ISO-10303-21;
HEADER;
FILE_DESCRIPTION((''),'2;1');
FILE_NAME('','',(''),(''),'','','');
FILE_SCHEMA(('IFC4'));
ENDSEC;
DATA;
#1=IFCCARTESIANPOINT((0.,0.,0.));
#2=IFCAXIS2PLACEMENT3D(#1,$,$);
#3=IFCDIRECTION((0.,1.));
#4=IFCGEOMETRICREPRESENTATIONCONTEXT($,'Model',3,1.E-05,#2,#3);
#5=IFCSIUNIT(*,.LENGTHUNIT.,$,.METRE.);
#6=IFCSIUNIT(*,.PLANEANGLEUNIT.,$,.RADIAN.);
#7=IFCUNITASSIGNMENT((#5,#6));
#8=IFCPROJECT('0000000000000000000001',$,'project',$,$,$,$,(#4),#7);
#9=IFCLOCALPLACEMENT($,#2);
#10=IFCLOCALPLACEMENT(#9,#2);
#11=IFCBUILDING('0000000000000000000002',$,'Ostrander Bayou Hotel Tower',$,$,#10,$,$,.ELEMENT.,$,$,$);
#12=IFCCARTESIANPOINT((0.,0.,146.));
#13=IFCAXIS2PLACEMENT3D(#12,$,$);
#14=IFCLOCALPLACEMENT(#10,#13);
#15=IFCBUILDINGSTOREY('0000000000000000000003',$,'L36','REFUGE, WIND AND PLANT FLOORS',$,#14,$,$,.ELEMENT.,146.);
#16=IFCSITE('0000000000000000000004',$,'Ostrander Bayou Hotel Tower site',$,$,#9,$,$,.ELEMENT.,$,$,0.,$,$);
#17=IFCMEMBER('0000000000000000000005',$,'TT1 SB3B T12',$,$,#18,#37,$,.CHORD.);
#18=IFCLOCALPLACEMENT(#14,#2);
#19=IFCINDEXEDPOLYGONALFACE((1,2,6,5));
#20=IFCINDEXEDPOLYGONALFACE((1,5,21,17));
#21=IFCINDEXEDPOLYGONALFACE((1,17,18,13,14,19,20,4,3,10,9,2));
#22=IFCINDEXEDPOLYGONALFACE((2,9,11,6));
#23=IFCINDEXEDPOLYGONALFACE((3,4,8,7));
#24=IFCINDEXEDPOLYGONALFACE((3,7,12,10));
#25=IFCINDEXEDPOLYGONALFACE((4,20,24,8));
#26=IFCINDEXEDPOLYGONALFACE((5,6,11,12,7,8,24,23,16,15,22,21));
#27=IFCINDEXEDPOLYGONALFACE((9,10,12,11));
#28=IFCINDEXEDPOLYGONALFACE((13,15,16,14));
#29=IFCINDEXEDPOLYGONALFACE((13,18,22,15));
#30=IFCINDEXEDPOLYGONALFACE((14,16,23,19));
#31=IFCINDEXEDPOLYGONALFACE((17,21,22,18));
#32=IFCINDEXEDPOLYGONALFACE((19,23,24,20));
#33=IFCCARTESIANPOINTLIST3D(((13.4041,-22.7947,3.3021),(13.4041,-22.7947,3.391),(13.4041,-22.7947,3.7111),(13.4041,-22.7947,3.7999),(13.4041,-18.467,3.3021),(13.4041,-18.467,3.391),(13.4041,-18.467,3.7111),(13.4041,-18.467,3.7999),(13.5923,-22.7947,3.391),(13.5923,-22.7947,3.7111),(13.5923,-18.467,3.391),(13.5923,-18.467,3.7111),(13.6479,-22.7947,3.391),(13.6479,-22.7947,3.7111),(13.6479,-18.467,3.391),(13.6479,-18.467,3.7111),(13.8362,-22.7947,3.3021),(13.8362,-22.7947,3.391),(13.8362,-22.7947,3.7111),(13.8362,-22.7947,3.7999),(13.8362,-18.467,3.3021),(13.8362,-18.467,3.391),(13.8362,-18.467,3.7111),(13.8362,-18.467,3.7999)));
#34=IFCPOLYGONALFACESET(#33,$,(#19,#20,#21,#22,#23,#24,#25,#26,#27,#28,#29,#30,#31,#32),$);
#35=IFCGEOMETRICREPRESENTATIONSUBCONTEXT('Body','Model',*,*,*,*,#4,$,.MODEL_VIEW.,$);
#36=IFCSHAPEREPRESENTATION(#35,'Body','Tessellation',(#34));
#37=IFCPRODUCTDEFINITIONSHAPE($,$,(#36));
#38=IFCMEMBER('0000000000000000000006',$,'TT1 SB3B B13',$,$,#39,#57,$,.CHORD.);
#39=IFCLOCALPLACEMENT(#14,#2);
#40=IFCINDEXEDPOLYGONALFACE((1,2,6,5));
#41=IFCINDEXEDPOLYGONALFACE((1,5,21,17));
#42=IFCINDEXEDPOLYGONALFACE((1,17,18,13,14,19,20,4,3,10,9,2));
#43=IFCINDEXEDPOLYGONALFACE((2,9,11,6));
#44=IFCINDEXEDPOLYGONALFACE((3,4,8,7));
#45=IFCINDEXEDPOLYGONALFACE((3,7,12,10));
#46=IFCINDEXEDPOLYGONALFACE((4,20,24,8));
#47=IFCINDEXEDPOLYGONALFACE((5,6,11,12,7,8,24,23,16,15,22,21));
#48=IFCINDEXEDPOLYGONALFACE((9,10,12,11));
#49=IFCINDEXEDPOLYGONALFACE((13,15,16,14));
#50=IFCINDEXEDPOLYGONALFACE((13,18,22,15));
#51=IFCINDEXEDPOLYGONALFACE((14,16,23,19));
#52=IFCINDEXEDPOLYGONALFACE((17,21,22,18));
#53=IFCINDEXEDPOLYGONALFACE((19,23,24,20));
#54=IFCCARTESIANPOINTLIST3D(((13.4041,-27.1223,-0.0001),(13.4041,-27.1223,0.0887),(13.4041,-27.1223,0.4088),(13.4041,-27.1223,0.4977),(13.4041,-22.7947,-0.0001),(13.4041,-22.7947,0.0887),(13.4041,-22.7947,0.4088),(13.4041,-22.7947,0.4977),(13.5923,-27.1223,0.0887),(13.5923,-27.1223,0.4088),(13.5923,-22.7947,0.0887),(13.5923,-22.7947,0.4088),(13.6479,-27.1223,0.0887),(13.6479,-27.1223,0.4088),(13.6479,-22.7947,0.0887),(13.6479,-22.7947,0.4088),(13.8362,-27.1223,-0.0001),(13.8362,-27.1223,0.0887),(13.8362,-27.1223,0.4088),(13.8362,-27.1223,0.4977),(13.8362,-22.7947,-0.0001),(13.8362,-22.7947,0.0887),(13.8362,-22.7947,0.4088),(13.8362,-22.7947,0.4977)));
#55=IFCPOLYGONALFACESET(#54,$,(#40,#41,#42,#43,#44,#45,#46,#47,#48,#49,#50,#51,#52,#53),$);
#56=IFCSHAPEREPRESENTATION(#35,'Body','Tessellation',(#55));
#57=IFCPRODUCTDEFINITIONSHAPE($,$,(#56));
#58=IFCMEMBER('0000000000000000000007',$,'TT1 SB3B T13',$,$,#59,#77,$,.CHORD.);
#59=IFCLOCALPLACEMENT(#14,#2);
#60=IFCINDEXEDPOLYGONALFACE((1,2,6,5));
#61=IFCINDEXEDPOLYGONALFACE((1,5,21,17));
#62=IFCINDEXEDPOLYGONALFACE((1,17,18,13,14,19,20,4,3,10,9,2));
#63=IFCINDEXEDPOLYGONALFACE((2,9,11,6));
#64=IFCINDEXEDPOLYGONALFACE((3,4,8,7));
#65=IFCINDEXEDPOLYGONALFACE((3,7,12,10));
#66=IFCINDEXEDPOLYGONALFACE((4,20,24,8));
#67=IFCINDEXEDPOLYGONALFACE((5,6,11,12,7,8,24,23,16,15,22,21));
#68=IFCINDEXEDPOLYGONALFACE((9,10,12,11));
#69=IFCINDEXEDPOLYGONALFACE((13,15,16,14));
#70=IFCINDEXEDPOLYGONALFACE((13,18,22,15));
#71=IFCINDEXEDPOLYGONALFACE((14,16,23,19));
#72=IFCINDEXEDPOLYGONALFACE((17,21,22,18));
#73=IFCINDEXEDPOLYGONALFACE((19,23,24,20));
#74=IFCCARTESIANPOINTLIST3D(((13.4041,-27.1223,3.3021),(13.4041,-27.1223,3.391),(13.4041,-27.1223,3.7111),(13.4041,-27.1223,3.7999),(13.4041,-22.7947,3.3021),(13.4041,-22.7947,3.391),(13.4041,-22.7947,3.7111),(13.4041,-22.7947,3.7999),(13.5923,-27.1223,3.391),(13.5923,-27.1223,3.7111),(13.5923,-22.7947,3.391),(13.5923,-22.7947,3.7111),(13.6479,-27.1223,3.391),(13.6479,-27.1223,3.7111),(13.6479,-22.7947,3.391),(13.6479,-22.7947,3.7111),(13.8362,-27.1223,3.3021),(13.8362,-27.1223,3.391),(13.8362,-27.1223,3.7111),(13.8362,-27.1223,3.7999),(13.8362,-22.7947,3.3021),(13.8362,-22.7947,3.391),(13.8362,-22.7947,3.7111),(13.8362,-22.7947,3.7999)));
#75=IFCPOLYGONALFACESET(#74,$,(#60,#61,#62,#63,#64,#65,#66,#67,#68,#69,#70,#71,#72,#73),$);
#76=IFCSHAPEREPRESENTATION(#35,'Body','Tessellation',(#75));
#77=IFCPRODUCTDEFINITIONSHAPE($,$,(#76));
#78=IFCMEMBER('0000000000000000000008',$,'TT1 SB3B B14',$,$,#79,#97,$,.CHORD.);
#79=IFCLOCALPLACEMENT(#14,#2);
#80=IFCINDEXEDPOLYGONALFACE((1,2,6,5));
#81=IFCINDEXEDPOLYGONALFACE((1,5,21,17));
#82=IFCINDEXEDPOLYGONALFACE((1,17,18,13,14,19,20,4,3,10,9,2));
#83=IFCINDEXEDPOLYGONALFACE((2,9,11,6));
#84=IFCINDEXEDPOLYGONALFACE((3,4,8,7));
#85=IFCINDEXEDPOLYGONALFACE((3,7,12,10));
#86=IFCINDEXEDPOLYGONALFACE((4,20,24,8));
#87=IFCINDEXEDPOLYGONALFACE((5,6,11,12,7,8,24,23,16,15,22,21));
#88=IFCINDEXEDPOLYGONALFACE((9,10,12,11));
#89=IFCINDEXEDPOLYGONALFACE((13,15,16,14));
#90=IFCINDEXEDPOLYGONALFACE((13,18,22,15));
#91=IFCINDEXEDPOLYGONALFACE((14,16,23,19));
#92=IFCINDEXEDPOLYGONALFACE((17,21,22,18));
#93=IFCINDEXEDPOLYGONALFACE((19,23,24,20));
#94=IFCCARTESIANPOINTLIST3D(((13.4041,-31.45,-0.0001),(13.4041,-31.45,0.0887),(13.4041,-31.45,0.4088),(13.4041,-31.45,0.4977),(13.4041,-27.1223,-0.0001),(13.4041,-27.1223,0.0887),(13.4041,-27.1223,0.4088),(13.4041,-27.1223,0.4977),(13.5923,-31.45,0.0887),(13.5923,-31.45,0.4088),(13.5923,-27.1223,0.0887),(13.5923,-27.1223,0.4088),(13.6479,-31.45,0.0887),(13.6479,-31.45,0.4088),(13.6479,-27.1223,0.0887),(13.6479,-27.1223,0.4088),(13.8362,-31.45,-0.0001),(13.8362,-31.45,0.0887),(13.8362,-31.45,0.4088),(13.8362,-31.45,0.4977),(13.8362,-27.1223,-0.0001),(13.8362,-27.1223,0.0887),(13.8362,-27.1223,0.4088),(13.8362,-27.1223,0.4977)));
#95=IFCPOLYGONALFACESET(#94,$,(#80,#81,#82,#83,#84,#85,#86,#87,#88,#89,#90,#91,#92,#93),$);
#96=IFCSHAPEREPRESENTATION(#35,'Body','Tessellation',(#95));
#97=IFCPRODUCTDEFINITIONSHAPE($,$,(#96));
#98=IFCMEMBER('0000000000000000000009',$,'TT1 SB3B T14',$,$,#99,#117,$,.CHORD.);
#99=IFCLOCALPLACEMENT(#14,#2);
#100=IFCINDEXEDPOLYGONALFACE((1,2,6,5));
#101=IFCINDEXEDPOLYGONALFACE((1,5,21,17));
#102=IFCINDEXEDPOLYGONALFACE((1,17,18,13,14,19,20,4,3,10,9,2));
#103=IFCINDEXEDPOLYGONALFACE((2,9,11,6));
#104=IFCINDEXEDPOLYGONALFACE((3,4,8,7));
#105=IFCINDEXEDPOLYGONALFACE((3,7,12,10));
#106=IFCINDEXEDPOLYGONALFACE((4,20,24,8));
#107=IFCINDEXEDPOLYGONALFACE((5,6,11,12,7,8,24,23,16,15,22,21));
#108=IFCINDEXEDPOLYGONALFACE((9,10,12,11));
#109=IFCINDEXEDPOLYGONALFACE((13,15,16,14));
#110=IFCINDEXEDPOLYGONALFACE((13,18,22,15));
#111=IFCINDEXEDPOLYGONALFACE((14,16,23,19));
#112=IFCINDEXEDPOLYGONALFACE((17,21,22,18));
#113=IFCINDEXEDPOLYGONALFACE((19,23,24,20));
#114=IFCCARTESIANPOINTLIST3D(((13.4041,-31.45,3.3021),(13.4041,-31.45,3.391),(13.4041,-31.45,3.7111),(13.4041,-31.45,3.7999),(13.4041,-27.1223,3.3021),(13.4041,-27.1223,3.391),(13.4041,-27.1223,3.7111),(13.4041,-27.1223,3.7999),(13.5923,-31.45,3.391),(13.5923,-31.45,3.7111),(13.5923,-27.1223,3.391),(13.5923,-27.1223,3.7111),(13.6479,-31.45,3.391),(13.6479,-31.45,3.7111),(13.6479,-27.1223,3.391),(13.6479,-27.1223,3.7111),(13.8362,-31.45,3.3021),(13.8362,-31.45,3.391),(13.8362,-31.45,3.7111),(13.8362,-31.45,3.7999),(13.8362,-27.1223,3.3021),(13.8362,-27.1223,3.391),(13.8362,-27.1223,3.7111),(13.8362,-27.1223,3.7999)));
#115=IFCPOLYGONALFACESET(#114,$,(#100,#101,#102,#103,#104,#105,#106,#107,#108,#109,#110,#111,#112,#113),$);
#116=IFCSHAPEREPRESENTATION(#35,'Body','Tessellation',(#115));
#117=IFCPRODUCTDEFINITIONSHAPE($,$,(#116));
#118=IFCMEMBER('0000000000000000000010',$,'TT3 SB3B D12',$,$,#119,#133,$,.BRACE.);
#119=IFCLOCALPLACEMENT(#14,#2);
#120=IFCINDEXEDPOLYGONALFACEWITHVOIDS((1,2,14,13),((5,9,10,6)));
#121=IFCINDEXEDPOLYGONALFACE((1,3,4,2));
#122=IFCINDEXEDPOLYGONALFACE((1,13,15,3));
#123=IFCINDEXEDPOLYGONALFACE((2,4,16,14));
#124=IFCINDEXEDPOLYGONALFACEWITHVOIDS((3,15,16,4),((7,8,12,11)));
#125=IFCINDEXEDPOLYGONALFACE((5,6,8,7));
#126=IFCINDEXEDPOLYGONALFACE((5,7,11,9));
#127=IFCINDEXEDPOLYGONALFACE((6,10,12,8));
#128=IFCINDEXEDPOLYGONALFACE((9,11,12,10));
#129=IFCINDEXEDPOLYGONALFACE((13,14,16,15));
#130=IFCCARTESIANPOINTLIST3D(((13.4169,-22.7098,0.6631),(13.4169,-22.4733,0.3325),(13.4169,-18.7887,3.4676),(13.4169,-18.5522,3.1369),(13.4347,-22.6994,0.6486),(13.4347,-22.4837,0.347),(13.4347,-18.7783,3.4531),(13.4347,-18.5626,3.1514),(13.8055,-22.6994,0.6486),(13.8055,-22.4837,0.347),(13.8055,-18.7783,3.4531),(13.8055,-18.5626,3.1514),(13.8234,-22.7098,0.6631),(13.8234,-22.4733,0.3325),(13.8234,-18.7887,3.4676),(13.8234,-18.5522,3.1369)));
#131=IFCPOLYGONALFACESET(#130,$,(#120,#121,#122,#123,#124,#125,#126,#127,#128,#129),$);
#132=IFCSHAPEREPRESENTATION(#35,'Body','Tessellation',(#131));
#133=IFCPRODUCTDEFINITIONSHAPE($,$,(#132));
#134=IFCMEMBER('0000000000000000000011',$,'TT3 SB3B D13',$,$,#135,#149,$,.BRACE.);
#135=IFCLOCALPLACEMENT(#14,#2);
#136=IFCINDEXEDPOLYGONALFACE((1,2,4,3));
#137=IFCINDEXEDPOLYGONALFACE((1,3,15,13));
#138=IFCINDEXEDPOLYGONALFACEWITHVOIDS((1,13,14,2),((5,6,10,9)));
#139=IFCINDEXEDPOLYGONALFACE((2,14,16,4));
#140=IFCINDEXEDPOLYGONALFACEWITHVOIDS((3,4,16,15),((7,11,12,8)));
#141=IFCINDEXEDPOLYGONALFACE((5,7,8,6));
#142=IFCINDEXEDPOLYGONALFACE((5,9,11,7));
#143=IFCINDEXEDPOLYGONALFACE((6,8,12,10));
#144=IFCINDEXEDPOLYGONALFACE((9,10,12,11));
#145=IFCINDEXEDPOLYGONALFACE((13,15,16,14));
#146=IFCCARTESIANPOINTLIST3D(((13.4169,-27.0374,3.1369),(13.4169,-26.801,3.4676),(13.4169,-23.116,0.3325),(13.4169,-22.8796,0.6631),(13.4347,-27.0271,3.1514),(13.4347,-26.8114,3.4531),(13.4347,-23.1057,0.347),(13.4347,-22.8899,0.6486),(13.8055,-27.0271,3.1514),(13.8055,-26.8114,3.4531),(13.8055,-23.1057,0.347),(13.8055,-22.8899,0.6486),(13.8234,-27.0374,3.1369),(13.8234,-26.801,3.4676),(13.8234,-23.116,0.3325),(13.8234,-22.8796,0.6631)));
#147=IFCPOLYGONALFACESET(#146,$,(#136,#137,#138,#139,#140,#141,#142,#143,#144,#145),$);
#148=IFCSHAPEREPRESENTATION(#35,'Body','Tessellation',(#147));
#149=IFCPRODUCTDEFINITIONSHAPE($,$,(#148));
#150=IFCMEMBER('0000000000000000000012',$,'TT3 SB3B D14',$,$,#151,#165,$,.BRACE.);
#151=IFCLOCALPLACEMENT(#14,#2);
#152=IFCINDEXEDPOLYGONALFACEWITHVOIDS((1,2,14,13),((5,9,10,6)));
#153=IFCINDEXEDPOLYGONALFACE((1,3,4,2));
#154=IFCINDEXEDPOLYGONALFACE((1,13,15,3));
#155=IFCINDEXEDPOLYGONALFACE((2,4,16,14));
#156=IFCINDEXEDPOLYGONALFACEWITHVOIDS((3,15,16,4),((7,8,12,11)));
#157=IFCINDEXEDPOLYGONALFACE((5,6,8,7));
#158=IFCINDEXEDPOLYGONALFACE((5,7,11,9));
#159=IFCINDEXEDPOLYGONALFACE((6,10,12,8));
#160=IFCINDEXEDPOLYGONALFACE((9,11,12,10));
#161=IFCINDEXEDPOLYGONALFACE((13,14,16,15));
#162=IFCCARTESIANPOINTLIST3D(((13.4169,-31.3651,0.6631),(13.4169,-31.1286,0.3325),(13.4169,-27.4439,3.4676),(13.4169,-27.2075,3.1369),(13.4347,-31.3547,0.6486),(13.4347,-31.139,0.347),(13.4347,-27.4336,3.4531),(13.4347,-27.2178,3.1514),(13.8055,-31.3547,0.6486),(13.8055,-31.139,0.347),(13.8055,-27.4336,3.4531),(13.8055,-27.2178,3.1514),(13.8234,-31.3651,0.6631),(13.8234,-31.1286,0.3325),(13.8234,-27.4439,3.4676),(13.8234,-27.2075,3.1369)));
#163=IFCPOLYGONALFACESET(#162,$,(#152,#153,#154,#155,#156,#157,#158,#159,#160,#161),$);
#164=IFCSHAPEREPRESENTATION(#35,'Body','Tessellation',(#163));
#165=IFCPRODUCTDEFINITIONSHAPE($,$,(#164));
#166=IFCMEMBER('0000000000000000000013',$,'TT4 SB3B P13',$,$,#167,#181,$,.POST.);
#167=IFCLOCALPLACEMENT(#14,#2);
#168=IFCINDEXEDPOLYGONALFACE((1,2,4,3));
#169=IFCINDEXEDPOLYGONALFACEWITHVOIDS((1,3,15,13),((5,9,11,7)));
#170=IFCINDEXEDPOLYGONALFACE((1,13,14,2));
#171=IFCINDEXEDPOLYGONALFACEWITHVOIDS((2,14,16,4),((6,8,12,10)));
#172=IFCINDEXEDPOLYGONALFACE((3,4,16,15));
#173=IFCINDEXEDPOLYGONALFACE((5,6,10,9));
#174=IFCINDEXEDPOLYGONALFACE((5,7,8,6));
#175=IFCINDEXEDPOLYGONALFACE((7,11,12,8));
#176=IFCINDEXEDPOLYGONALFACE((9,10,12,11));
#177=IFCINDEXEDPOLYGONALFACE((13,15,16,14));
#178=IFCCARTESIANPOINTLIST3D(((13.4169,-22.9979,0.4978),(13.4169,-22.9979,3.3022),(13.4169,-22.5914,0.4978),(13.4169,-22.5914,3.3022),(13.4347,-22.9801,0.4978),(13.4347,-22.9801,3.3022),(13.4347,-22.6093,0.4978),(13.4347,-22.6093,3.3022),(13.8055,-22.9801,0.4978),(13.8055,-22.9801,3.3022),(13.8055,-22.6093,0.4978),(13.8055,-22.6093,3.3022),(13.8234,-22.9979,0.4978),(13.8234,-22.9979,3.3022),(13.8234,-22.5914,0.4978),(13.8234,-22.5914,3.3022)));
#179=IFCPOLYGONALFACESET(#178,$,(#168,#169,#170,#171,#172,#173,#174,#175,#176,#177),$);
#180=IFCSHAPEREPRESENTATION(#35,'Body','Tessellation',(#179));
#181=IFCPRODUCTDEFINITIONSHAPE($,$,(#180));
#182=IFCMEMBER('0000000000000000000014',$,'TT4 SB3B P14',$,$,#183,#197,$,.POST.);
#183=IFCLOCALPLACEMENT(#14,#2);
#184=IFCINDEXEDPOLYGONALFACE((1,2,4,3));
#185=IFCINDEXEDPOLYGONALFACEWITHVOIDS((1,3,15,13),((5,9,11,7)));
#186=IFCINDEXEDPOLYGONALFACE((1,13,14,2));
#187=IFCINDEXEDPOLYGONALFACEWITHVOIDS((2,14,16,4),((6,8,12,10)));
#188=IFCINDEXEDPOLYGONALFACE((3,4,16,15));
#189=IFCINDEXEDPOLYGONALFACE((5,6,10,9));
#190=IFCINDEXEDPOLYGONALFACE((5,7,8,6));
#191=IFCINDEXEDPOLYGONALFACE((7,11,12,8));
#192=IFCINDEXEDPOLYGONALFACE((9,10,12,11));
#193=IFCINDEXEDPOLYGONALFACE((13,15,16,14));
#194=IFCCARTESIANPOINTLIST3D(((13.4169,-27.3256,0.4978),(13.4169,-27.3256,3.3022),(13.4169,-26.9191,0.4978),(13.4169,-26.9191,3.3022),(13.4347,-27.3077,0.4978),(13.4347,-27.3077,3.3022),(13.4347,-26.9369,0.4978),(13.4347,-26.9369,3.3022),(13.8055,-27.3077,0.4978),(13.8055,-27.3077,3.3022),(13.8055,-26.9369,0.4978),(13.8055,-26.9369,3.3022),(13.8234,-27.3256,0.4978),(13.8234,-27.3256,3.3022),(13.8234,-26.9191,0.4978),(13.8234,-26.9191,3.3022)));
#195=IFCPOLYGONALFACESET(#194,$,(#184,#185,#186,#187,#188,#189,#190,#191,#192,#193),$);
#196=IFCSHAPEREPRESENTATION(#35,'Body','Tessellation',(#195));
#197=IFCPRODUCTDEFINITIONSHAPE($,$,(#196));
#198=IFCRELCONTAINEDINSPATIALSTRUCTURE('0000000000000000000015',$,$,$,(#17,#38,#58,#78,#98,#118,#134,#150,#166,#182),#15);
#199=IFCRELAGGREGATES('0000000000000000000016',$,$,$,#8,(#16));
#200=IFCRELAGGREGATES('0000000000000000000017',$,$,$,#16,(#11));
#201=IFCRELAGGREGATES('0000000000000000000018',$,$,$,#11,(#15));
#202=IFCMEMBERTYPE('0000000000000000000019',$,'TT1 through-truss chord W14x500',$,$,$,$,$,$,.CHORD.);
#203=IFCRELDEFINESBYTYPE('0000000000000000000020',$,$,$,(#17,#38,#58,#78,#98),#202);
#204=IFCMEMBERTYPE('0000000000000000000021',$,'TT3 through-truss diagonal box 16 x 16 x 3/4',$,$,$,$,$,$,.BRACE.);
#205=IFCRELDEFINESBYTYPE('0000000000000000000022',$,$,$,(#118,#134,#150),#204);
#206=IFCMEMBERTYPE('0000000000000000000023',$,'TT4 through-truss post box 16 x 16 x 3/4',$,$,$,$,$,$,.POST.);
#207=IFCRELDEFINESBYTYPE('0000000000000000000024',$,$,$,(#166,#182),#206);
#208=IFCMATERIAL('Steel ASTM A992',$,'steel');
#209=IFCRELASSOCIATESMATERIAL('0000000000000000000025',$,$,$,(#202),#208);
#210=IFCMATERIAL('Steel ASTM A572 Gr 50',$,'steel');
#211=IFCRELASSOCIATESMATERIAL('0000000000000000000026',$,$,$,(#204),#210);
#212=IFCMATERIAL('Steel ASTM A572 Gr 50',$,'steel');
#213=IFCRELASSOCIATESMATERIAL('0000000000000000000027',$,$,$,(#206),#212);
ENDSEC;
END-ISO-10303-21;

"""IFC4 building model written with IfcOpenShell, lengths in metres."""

from ifc_helpers import new_model, si_unit, direction, frame, origin, origin_2d, place, context, subcontext, project, spatial, hollow_rectangle, i_section, extrude, material, material_profile, profile_set, type_object, element, save


model = new_model("IFC4")

# Units and contexts
model_context = context("Model", 3, precision=1e-05, world=origin(), true_north=direction((0.0, 1.0)))
body_context = subcontext(model_context, "Body", "Model", "MODEL_VIEW")
ifc_project = project(units=[si_unit("LENGTHUNIT", "METRE"), si_unit("PLANEANGLEUNIT", "RADIAN")], contexts=[model_context])

# Site, building, storey
site_placement = place(None, origin())
site = spatial("IfcSite", under=ifc_project, at=site_placement, Name="Ostrander Bayou Hotel Tower site", CompositionType="ELEMENT", RefElevation=0.0)
building_placement = place(site_placement, origin())
building = spatial("IfcBuilding", under=site, at=building_placement, Name="Ostrander Bayou Hotel Tower", CompositionType="ELEMENT")
storey_placement = place(building_placement, frame((0.0, 0.0, 146.0)))
storey = spatial("IfcBuildingStorey", under=building, at=storey_placement, Name="L36", Description="REFUGE, WIND AND PLANT FLOORS", CompositionType="ELEMENT", Elevation=146.0)

# Members
ifc_material_1 = material(Name="Steel ASTM A992", Category="steel")
ifc_material_profile_1 = material_profile(ifc_material_1, i_section(OverallWidth=0.4321, OverallDepth=0.4978, WebThickness=0.0557, FlangeThickness=0.0889, at=origin_2d()))
ifc_profile_set_1 = profile_set([ifc_material_profile_1], Name="Steel ASTM A992")
member_type_1 = type_object("IfcMemberType", Name="TT1 through-truss chord W14x500", PredefinedType="CHORD", material=ifc_profile_set_1)
for number, where, z_axis, x_axis, name in (
    (1, (13.6201, -18.467, 3.551), (0.0, -1.0, 0.0), (1.0, 0.0, 0.0), "TT1 SB3B T12"),
    (2, (13.6201, -22.7947, 0.2488), (0.0, -1.0, 0.0), (1.0, 0.0, 0.0), "TT1 SB3B B13"),
    (3, (13.6201, -22.7947, 3.551), (0.0, -1.0, 0.0), (1.0, 0.0, 0.0), "TT1 SB3B T13"),
    (4, (13.6201, -27.1223, 0.2488), (0.0, -1.0, 0.0), (1.0, 0.0, 0.0), "TT1 SB3B B14"),
    (5, (13.6201, -27.1223, 3.551), (0.0, -1.0, 0.0), (1.0, 0.0, 0.0), "TT1 SB3B T14"),
):
    element("IfcMember", number, at=place(storey_placement, frame(where, z_axis=z_axis, x_axis=x_axis)), inside=storey, type_object=member_type_1, Name=name, PredefinedType="CHORD", context=body_context, shape_type="SweptSolid", body=[
        extrude(i_section(OverallWidth=0.4321, OverallDepth=0.4978, WebThickness=0.0557, FlangeThickness=0.0889, at=origin_2d()), origin(), (0.0, 0.0, 1.0), 4.3276),
    ])
ifc_material_2 = material(Name="Steel ASTM A572 Gr 50", Category="steel")
ifc_material_profile_2 = material_profile(ifc_material_2, hollow_rectangle(XDim=0.4065, YDim=0.4065, WallThickness=0.0178, at=origin_2d()))
ifc_profile_set_2 = profile_set([ifc_material_profile_2], Name="Steel ASTM A572 Gr 50")
member_type_2 = type_object("IfcMemberType", Name="TT3 through-truss diagonal box 16 x 16 x 3/4", PredefinedType="BRACE", material=ifc_profile_set_2)
member_1_placement = place(storey_placement, frame((13.6201, -22.5916, 0.4978), z_axis=(0.0, 0.813377, 0.581736), x_axis=(-1.0, 0.0, 0.0)))
element("IfcMember", 6, at=member_1_placement, inside=storey, type_object=member_type_2, Name="TT3 SB3B D12", PredefinedType="BRACE", context=body_context, shape_type="SweptSolid", body=[
    extrude(hollow_rectangle(XDim=0.4065, YDim=0.4065, WallThickness=0.0178, at=origin_2d()), origin(), (0.0, 0.0, 1.0), 4.8208),
])
member_2_placement = place(storey_placement, frame((13.6201, -22.9978, 0.4978), z_axis=(0.0, -0.813395, 0.581712), x_axis=(1.0, 0.0, 0.0)))
element("IfcMember", 7, at=member_2_placement, inside=storey, type_object=member_type_2, Name="TT3 SB3B D13", PredefinedType="BRACE", context=body_context, shape_type="SweptSolid", body=[
    extrude(hollow_rectangle(XDim=0.4065, YDim=0.4065, WallThickness=0.0178, at=origin_2d()), origin(), (0.0, 0.0, 1.0), 4.821),
])
member_3_placement = place(storey_placement, frame((13.6201, -31.2468, 0.4978), z_axis=(0.0, 0.813377, 0.581736), x_axis=(-1.0, 0.0, 0.0)))
element("IfcMember", 8, at=member_3_placement, inside=storey, type_object=member_type_2, Name="TT3 SB3B D14", PredefinedType="BRACE", context=body_context, shape_type="SweptSolid", body=[
    extrude(hollow_rectangle(XDim=0.4065, YDim=0.4065, WallThickness=0.0178, at=origin_2d()), origin(), (0.0, 0.0, 1.0), 4.8208),
])
ifc_material_3 = material(Name="Steel ASTM A572 Gr 50", Category="steel")
ifc_material_profile_3 = material_profile(ifc_material_3, hollow_rectangle(XDim=0.4065, YDim=0.4065, WallThickness=0.0178, at=origin_2d()))
ifc_profile_set_3 = profile_set([ifc_material_profile_3], Name="Steel ASTM A572 Gr 50")
member_type_3 = type_object("IfcMemberType", Name="TT4 through-truss post box 16 x 16 x 3/4", PredefinedType="POST", material=ifc_profile_set_3)
for number, where, z_axis, x_axis, name in (
    (9, (13.6201, -22.7947, 0.4978), (0.0, 0.0, 1.0), (1.0, 0.0, 0.0), "TT4 SB3B P13"),
    (10, (13.6201, -27.1223, 0.4978), (0.0, 0.0, 1.0), (1.0, 0.0, 0.0), "TT4 SB3B P14"),
):
    element("IfcMember", number, at=place(storey_placement, frame(where, z_axis=z_axis, x_axis=x_axis)), inside=storey, type_object=member_type_3, Name=name, PredefinedType="POST", context=body_context, shape_type="SweptSolid", body=[
        extrude(hollow_rectangle(XDim=0.4065, YDim=0.4065, WallThickness=0.0178, at=origin_2d()), origin(), (0.0, 0.0, 1.0), 2.8044),
    ])

save(model, "model.ifc")
